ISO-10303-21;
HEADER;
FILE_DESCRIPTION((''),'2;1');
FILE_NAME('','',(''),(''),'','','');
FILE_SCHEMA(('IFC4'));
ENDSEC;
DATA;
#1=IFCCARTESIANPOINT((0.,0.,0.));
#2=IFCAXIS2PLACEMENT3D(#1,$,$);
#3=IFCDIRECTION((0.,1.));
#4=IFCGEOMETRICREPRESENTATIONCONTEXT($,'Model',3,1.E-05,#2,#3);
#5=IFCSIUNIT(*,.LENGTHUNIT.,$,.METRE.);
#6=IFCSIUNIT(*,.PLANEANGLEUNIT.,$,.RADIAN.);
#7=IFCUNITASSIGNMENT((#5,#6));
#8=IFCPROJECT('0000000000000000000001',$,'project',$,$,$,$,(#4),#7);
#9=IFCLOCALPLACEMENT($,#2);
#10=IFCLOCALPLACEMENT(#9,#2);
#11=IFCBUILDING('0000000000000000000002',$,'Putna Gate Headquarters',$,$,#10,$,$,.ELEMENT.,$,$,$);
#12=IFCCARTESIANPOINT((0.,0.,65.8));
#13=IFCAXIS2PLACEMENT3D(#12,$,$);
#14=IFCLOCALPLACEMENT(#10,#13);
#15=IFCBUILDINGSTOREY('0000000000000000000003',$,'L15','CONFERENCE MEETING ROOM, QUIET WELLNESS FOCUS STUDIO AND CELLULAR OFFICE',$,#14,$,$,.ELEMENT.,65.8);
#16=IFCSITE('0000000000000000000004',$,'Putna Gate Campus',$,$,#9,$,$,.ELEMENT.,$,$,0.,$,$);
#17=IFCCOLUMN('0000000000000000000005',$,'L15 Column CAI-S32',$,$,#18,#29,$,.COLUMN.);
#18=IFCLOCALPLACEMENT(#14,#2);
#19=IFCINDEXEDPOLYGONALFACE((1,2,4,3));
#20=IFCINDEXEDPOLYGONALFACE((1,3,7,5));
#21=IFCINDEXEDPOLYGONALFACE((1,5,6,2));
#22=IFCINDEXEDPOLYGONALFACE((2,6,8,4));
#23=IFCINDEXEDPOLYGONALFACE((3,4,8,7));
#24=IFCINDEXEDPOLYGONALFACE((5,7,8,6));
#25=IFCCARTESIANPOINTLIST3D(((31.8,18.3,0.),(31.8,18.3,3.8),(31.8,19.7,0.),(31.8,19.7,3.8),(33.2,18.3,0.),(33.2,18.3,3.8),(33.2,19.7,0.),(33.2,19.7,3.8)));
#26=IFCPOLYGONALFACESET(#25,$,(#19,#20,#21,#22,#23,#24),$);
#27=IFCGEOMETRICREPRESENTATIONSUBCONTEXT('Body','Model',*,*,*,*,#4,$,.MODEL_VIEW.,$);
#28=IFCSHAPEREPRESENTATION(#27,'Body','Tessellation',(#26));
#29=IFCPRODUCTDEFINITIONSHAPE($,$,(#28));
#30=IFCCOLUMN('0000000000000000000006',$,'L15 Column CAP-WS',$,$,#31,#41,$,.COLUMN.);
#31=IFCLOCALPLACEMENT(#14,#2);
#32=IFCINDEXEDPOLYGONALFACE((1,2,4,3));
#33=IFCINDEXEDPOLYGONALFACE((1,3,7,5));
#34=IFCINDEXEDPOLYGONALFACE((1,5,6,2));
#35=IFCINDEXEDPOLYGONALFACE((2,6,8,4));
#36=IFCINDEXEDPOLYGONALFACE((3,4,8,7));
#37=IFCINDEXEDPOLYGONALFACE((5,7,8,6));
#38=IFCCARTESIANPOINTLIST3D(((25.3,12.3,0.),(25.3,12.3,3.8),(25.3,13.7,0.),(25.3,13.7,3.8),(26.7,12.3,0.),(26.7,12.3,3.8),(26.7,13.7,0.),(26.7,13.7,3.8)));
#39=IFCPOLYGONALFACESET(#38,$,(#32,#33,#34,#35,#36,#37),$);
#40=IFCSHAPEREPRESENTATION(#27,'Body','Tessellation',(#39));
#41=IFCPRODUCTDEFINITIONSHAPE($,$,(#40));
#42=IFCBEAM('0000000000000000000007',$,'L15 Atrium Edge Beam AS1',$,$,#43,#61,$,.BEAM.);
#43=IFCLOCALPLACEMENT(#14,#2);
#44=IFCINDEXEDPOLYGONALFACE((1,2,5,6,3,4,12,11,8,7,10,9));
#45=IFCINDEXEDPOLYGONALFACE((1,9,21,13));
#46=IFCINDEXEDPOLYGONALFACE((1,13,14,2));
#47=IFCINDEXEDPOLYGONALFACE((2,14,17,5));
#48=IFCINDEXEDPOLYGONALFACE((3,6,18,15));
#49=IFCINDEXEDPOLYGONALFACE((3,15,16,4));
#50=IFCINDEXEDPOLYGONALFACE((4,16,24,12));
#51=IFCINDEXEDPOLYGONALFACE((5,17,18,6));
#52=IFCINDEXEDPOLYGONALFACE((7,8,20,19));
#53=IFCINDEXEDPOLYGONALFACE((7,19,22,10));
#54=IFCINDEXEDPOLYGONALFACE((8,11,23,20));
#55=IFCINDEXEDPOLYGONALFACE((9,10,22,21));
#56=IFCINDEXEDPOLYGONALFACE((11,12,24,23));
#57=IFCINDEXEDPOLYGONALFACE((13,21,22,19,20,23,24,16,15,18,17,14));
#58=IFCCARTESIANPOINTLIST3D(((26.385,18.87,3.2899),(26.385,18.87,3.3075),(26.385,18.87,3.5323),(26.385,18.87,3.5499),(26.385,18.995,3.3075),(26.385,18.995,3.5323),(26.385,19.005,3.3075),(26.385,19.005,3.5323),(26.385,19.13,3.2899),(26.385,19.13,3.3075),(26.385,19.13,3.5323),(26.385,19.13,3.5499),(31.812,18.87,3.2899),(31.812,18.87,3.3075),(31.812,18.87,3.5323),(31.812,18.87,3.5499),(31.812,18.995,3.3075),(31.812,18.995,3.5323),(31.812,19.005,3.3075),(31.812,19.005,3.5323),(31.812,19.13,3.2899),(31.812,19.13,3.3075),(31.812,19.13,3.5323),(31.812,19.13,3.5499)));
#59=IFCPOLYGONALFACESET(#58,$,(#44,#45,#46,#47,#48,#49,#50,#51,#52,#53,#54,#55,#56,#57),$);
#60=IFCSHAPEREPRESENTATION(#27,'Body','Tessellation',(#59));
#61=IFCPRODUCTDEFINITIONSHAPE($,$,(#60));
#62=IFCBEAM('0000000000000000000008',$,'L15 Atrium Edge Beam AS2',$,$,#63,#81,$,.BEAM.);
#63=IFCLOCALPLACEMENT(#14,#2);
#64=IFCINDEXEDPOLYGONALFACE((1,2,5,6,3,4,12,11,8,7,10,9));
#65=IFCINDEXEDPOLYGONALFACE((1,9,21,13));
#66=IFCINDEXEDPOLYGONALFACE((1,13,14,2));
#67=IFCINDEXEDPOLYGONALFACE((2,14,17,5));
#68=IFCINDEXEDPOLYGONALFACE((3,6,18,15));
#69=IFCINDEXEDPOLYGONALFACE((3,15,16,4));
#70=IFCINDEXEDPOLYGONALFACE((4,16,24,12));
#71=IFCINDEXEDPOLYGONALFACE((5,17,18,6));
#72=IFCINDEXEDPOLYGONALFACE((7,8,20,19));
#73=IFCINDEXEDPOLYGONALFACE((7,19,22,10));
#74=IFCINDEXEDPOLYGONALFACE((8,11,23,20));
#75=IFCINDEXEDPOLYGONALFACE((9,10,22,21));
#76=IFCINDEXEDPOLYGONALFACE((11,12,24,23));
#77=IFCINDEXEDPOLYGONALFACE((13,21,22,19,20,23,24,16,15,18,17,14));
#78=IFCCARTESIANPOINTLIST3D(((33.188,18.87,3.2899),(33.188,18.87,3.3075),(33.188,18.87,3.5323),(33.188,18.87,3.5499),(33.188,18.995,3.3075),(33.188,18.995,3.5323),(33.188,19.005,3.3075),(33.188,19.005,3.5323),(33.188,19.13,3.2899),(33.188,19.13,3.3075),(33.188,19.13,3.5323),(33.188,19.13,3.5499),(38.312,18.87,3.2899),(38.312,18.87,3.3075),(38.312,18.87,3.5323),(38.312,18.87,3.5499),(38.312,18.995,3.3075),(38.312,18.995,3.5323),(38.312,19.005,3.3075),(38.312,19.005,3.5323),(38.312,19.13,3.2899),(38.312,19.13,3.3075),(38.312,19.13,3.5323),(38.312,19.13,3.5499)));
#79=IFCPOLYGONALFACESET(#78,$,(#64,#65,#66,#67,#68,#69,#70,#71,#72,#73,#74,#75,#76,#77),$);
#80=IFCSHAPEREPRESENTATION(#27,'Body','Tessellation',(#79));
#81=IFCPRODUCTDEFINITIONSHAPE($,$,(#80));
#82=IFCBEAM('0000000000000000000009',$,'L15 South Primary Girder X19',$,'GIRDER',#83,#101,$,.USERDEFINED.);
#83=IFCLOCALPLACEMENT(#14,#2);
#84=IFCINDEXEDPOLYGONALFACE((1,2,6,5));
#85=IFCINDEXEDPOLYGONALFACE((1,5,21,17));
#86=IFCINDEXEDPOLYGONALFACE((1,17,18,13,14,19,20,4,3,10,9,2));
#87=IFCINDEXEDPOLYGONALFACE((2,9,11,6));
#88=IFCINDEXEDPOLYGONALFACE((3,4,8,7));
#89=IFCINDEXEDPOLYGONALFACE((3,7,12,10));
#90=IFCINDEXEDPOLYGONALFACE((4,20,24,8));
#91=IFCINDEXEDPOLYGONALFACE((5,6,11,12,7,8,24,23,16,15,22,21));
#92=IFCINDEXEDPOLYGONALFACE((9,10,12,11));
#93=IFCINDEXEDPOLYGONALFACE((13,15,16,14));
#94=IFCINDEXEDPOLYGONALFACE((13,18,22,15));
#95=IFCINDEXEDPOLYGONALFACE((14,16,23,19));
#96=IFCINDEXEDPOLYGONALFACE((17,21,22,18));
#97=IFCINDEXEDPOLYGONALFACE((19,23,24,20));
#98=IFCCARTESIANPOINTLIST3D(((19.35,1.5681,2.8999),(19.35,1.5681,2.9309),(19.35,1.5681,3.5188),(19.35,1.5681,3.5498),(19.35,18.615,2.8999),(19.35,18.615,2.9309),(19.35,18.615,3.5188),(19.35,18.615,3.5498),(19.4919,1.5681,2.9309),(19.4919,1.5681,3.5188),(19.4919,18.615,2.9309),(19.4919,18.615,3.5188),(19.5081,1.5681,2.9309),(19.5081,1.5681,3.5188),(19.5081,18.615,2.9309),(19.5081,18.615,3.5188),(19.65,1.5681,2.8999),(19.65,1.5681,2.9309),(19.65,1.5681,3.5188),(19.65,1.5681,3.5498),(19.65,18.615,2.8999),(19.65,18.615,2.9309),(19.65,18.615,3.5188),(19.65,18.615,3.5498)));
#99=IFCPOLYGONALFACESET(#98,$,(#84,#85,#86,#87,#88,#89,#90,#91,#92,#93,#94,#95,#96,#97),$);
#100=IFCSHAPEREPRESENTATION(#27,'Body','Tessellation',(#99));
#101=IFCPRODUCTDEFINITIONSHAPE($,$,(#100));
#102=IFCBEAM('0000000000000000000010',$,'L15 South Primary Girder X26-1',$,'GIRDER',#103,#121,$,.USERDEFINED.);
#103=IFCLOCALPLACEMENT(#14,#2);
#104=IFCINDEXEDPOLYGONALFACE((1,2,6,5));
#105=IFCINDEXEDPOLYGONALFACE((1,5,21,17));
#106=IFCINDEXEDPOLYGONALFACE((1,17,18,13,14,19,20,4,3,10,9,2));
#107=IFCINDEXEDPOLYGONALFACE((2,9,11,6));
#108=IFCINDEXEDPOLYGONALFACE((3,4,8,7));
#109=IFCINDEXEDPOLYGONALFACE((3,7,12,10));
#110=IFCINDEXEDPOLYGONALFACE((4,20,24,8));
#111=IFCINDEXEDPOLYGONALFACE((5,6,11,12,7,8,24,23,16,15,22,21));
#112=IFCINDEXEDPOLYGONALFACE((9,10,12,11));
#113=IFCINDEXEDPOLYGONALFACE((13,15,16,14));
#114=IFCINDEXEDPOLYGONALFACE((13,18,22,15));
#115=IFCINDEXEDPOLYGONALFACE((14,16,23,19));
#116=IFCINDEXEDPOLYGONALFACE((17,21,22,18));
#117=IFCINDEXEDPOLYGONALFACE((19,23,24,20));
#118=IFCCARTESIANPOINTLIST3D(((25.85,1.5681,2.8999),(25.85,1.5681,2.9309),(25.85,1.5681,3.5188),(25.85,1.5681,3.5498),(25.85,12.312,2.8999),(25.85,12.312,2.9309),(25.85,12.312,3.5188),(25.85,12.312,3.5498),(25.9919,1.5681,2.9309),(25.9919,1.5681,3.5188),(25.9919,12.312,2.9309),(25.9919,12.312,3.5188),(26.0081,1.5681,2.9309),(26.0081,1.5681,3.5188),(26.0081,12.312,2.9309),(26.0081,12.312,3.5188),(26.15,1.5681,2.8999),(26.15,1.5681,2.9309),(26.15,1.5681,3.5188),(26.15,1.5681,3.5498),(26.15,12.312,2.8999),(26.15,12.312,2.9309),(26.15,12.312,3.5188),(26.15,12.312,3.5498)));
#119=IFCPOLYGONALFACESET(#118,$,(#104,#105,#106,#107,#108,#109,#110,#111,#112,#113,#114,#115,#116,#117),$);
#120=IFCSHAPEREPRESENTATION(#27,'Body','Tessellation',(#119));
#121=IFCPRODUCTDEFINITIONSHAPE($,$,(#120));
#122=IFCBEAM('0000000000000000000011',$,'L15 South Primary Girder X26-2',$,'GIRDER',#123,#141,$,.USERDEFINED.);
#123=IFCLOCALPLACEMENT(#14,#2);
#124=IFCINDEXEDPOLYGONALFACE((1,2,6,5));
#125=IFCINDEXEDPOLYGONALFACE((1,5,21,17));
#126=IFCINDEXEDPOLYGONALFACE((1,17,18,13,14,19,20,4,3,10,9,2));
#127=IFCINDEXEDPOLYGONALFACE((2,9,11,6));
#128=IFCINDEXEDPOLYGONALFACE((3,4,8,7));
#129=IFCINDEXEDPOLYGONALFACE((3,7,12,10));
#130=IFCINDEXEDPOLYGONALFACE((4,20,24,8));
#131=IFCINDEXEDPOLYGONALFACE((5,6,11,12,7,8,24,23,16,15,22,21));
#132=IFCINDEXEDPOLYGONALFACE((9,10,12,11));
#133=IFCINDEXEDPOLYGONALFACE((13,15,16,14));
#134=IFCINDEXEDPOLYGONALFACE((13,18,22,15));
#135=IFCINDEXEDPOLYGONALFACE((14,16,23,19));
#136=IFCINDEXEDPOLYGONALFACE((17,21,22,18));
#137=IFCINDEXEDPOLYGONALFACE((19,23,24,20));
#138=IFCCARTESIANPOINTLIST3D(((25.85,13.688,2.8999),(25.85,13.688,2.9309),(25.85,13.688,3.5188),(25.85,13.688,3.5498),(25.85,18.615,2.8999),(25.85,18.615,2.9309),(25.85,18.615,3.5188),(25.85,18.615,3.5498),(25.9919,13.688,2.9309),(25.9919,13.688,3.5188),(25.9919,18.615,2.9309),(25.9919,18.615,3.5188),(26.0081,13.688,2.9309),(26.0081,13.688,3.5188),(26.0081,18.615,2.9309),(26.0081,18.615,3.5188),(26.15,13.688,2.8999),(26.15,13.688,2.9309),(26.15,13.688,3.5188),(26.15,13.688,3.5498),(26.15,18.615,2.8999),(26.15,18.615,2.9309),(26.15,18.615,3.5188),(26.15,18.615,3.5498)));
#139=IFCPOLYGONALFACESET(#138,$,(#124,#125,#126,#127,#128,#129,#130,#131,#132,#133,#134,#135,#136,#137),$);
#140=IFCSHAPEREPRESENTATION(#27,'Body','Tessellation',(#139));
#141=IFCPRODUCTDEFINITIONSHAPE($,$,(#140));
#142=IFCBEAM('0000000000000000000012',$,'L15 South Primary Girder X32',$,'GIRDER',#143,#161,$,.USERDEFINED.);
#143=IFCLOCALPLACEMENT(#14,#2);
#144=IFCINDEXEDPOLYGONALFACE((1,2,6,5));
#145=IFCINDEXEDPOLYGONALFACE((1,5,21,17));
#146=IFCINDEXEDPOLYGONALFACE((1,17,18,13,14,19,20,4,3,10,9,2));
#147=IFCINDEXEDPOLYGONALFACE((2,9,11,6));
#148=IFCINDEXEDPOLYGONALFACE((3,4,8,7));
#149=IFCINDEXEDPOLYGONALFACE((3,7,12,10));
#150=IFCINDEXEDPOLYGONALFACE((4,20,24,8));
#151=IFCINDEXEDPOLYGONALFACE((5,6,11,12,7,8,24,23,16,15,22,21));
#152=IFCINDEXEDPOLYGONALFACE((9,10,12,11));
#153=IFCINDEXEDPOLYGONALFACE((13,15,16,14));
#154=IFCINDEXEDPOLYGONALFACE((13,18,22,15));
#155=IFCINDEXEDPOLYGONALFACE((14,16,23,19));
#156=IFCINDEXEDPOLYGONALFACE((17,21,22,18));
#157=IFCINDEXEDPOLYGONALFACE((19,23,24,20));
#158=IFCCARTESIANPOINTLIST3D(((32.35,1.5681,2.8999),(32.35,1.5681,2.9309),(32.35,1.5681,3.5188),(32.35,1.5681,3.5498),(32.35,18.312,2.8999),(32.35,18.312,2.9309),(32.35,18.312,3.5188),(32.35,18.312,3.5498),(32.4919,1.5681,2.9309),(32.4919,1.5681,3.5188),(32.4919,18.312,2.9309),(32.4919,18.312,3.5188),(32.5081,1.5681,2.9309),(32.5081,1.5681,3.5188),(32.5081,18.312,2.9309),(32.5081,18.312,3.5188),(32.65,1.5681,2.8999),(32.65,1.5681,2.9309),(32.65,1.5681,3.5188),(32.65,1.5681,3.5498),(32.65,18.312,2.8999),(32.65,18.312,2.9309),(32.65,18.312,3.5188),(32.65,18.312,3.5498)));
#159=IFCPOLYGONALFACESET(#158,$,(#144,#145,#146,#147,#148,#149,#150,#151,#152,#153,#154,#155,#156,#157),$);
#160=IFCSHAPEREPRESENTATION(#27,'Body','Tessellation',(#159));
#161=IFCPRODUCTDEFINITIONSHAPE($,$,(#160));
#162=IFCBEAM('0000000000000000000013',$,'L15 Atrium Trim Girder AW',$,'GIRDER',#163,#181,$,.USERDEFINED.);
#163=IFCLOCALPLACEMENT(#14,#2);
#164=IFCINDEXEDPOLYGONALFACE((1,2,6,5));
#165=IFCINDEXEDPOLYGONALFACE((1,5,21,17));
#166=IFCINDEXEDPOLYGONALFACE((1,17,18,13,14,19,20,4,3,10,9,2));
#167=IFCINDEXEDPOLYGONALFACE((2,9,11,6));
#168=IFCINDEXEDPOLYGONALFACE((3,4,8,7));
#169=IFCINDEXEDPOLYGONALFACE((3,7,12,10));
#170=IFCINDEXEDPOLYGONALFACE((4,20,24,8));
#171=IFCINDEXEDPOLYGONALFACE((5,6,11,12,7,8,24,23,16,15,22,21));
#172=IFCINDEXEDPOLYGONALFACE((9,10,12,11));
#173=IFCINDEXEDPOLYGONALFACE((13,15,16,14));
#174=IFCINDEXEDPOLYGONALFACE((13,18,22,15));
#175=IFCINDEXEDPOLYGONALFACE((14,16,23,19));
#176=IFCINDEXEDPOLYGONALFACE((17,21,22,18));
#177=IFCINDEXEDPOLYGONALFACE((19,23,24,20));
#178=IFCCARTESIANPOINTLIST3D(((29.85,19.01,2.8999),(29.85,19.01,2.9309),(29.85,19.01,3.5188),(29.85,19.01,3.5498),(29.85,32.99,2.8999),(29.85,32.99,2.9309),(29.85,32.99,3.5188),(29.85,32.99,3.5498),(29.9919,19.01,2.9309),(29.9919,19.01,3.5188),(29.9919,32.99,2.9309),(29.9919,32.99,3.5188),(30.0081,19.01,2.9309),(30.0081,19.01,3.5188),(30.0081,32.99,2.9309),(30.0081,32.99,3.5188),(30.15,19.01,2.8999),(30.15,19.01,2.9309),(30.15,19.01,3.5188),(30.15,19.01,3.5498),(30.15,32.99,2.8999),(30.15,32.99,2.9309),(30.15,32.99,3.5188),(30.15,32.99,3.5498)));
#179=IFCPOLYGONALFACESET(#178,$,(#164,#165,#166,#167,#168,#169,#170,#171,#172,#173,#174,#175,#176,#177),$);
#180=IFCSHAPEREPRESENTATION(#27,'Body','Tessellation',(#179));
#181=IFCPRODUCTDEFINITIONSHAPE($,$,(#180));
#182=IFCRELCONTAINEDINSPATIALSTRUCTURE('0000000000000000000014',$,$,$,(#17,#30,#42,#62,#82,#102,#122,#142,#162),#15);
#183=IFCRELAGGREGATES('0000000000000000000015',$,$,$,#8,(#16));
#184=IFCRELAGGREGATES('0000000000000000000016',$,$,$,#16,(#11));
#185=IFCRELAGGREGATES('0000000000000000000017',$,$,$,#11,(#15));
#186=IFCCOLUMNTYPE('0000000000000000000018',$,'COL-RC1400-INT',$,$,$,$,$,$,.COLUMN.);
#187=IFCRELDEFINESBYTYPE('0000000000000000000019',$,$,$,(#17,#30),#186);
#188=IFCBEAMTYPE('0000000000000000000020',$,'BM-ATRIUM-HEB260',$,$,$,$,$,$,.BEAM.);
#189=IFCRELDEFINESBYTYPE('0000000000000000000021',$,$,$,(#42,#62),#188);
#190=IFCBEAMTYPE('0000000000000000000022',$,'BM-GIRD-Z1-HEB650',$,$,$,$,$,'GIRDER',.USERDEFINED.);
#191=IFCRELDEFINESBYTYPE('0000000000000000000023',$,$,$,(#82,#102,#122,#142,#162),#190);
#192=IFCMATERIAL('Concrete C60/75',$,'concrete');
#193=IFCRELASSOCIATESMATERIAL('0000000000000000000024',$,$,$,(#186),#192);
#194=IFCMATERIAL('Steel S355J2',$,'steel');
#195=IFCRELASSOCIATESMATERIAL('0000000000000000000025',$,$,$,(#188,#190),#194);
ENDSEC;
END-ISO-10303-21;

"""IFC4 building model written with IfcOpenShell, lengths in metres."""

from ifc_helpers import new_model, si_unit, direction, frame, origin, origin_2d, place, context, subcontext, project, spatial, rectangle, i_section, extrude, material, material_profile, profile_set, type_object, element, save


model = new_model("IFC4")

# Units and contexts
model_context = context("Model", 3, precision=1e-05, world=origin(), true_north=direction((0.0, 1.0)))
body_context = subcontext(model_context, "Body", "Model", "MODEL_VIEW")
ifc_project = project(units=[si_unit("LENGTHUNIT", "METRE"), si_unit("PLANEANGLEUNIT", "RADIAN")], contexts=[model_context])

# Site, building, storey
site_placement = place(None, origin())
site = spatial("IfcSite", under=ifc_project, at=site_placement, Name="Putna Gate Campus", CompositionType="ELEMENT", RefElevation=0.0)
building_placement = place(site_placement, origin())
building = spatial("IfcBuilding", under=site, at=building_placement, Name="Putna Gate Headquarters", CompositionType="ELEMENT")
storey_placement = place(building_placement, frame((0.0, 0.0, 65.8)))
storey = spatial("IfcBuildingStorey", under=building, at=storey_placement, Name="L15", Description="CONFERENCE MEETING ROOM, QUIET WELLNESS FOCUS STUDIO AND CELLULAR OFFICE", CompositionType="ELEMENT", Elevation=65.8)

# Columns
ifc_material_1 = material(Name="Concrete C60/75", Category="concrete")
ifc_material_profile_1 = material_profile(ifc_material_1, rectangle(XDim=1.3999, YDim=1.3999, at=origin_2d()), Name="Concrete C60/75")
ifc_profile_set_1 = profile_set([ifc_material_profile_1], Name="Concrete C60/75")
column_type = type_object("IfcColumnType", Name="COL-RC1400-INT", PredefinedType="COLUMN", material=ifc_profile_set_1)
for number, where, z_axis, x_axis, name in (
    (1, (32.5, 19.0, 0.0), (0.0, 0.0, 1.0), (1.0, 0.0, 0.0), "L15 Column CAI-S32"),
    (2, (26.0, 13.0, 0.0), (0.0, 0.0, 1.0), (1.0, 0.0, 0.0), "L15 Column CAP-WS"),
):
    element("IfcColumn", number, at=place(storey_placement, frame(where, z_axis=z_axis, x_axis=x_axis)), inside=storey, type_object=column_type, Name=name, PredefinedType="COLUMN", context=body_context, shape_type="SweptSolid", body=[
        extrude(rectangle(XDim=1.3999, YDim=1.3999, at=origin_2d()), origin(), (0.0, 0.0, 1.0), 3.8),
    ])

# Beams
ifc_material_2 = material(Name="Steel S355J2", Category="steel")
ifc_material_profile_2 = material_profile(ifc_material_2, i_section(OverallWidth=0.26, OverallDepth=0.26, WebThickness=0.01, FlangeThickness=0.0176, at=origin_2d()), Name="Steel S355J2")
ifc_profile_set_2 = profile_set([ifc_material_profile_2], Name="Steel S355J2")
beam_type_1 = type_object("IfcBeamType", Name="BM-ATRIUM-HEB260", PredefinedType="BEAM", material=ifc_profile_set_2)
beam_1_placement = place(storey_placement, frame((26.385, 19.0, 3.4199), z_axis=(1.0, 0.0, 0.0), x_axis=(0.0, 1.0, 0.0)))
element("IfcBeam", 3, at=beam_1_placement, inside=storey, type_object=beam_type_1, Name="L15 Atrium Edge Beam AS1", PredefinedType="BEAM", context=body_context, shape_type="SweptSolid", body=[
    extrude(i_section(OverallWidth=0.26, OverallDepth=0.26, WebThickness=0.01, FlangeThickness=0.0176, at=origin_2d()), origin(), (0.0, 0.0, 1.0), 5.427),
])
beam_2_placement = place(storey_placement, frame((33.188, 19.0, 3.4199), z_axis=(1.0, 0.0, 0.0), x_axis=(0.0, 1.0, 0.0)))
element("IfcBeam", 4, at=beam_2_placement, inside=storey, type_object=beam_type_1, Name="L15 Atrium Edge Beam AS2", PredefinedType="BEAM", context=body_context, shape_type="SweptSolid", body=[
    extrude(i_section(OverallWidth=0.26, OverallDepth=0.26, WebThickness=0.01, FlangeThickness=0.0176, at=origin_2d()), origin(), (0.0, 0.0, 1.0), 5.124),
])
ifc_material_profile_3 = material_profile(ifc_material_2, i_section(OverallWidth=0.3, OverallDepth=0.6499, WebThickness=0.0161, FlangeThickness=0.031, at=origin_2d()), Name="Steel S355J2")
ifc_profile_set_3 = profile_set([ifc_material_profile_3], Name="Steel S355J2")
beam_type_2 = type_object("IfcBeamType", Name="BM-GIRD-Z1-HEB650", ElementType="GIRDER", PredefinedType="USERDEFINED", material=ifc_profile_set_3)
beam_3_placement = place(storey_placement, frame((19.5, 1.5681, 3.2249), z_axis=(0.0, 1.0, 0.0), x_axis=(-1.0, 0.0, 0.0)))
element("IfcBeam", 5, at=beam_3_placement, inside=storey, type_object=beam_type_2, Name="L15 South Primary Girder X19", ObjectType="GIRDER", PredefinedType="USERDEFINED", context=body_context, shape_type="SweptSolid", body=[
    extrude(i_section(OverallWidth=0.3, OverallDepth=0.6499, WebThickness=0.0161, FlangeThickness=0.031, at=origin_2d()), origin(), (0.0, 0.0, 1.0), 17.0469),
])
beam_4_placement = place(storey_placement, frame((26.0, 1.5681, 3.2249), z_axis=(0.0, 1.0, 0.0), x_axis=(-1.0, 0.0, 0.0)))
element("IfcBeam", 6, at=beam_4_placement, inside=storey, type_object=beam_type_2, Name="L15 South Primary Girder X26-1", ObjectType="GIRDER", PredefinedType="USERDEFINED", context=body_context, shape_type="SweptSolid", body=[
    extrude(i_section(OverallWidth=0.3, OverallDepth=0.6499, WebThickness=0.0161, FlangeThickness=0.031, at=origin_2d()), origin(), (0.0, 0.0, 1.0), 10.7439),
])
beam_5_placement = place(storey_placement, frame((26.0, 13.688, 3.2249), z_axis=(0.0, 1.0, 0.0), x_axis=(-1.0, 0.0, 0.0)))
element("IfcBeam", 7, at=beam_5_placement, inside=storey, type_object=beam_type_2, Name="L15 South Primary Girder X26-2", ObjectType="GIRDER", PredefinedType="USERDEFINED", context=body_context, shape_type="SweptSolid", body=[
    extrude(i_section(OverallWidth=0.3, OverallDepth=0.6499, WebThickness=0.0161, FlangeThickness=0.031, at=origin_2d()), origin(), (0.0, 0.0, 1.0), 4.927),
])
beam_6_placement = place(storey_placement, frame((32.5, 1.5681, 3.2249), z_axis=(0.0, 1.0, 0.0), x_axis=(-1.0, 0.0, 0.0)))
element("IfcBeam", 8, at=beam_6_placement, inside=storey, type_object=beam_type_2, Name="L15 South Primary Girder X32", ObjectType="GIRDER", PredefinedType="USERDEFINED", context=body_context, shape_type="SweptSolid", body=[
    extrude(i_section(OverallWidth=0.3, OverallDepth=0.6499, WebThickness=0.0161, FlangeThickness=0.031, at=origin_2d()), origin(), (0.0, 0.0, 1.0), 16.7439),
])
beam_7_placement = place(storey_placement, frame((30.0, 19.01, 3.2249), z_axis=(0.0, 1.0, 0.0), x_axis=(-1.0, 0.0, 0.0)))
element("IfcBeam", 9, at=beam_7_placement, inside=storey, type_object=beam_type_2, Name="L15 Atrium Trim Girder AW", ObjectType="GIRDER", PredefinedType="USERDEFINED", context=body_context, shape_type="SweptSolid", body=[
    extrude(i_section(OverallWidth=0.3, OverallDepth=0.6499, WebThickness=0.0161, FlangeThickness=0.031, at=origin_2d()), origin(), (0.0, 0.0, 1.0), 13.98),
])

save(model, "model.ifc")
